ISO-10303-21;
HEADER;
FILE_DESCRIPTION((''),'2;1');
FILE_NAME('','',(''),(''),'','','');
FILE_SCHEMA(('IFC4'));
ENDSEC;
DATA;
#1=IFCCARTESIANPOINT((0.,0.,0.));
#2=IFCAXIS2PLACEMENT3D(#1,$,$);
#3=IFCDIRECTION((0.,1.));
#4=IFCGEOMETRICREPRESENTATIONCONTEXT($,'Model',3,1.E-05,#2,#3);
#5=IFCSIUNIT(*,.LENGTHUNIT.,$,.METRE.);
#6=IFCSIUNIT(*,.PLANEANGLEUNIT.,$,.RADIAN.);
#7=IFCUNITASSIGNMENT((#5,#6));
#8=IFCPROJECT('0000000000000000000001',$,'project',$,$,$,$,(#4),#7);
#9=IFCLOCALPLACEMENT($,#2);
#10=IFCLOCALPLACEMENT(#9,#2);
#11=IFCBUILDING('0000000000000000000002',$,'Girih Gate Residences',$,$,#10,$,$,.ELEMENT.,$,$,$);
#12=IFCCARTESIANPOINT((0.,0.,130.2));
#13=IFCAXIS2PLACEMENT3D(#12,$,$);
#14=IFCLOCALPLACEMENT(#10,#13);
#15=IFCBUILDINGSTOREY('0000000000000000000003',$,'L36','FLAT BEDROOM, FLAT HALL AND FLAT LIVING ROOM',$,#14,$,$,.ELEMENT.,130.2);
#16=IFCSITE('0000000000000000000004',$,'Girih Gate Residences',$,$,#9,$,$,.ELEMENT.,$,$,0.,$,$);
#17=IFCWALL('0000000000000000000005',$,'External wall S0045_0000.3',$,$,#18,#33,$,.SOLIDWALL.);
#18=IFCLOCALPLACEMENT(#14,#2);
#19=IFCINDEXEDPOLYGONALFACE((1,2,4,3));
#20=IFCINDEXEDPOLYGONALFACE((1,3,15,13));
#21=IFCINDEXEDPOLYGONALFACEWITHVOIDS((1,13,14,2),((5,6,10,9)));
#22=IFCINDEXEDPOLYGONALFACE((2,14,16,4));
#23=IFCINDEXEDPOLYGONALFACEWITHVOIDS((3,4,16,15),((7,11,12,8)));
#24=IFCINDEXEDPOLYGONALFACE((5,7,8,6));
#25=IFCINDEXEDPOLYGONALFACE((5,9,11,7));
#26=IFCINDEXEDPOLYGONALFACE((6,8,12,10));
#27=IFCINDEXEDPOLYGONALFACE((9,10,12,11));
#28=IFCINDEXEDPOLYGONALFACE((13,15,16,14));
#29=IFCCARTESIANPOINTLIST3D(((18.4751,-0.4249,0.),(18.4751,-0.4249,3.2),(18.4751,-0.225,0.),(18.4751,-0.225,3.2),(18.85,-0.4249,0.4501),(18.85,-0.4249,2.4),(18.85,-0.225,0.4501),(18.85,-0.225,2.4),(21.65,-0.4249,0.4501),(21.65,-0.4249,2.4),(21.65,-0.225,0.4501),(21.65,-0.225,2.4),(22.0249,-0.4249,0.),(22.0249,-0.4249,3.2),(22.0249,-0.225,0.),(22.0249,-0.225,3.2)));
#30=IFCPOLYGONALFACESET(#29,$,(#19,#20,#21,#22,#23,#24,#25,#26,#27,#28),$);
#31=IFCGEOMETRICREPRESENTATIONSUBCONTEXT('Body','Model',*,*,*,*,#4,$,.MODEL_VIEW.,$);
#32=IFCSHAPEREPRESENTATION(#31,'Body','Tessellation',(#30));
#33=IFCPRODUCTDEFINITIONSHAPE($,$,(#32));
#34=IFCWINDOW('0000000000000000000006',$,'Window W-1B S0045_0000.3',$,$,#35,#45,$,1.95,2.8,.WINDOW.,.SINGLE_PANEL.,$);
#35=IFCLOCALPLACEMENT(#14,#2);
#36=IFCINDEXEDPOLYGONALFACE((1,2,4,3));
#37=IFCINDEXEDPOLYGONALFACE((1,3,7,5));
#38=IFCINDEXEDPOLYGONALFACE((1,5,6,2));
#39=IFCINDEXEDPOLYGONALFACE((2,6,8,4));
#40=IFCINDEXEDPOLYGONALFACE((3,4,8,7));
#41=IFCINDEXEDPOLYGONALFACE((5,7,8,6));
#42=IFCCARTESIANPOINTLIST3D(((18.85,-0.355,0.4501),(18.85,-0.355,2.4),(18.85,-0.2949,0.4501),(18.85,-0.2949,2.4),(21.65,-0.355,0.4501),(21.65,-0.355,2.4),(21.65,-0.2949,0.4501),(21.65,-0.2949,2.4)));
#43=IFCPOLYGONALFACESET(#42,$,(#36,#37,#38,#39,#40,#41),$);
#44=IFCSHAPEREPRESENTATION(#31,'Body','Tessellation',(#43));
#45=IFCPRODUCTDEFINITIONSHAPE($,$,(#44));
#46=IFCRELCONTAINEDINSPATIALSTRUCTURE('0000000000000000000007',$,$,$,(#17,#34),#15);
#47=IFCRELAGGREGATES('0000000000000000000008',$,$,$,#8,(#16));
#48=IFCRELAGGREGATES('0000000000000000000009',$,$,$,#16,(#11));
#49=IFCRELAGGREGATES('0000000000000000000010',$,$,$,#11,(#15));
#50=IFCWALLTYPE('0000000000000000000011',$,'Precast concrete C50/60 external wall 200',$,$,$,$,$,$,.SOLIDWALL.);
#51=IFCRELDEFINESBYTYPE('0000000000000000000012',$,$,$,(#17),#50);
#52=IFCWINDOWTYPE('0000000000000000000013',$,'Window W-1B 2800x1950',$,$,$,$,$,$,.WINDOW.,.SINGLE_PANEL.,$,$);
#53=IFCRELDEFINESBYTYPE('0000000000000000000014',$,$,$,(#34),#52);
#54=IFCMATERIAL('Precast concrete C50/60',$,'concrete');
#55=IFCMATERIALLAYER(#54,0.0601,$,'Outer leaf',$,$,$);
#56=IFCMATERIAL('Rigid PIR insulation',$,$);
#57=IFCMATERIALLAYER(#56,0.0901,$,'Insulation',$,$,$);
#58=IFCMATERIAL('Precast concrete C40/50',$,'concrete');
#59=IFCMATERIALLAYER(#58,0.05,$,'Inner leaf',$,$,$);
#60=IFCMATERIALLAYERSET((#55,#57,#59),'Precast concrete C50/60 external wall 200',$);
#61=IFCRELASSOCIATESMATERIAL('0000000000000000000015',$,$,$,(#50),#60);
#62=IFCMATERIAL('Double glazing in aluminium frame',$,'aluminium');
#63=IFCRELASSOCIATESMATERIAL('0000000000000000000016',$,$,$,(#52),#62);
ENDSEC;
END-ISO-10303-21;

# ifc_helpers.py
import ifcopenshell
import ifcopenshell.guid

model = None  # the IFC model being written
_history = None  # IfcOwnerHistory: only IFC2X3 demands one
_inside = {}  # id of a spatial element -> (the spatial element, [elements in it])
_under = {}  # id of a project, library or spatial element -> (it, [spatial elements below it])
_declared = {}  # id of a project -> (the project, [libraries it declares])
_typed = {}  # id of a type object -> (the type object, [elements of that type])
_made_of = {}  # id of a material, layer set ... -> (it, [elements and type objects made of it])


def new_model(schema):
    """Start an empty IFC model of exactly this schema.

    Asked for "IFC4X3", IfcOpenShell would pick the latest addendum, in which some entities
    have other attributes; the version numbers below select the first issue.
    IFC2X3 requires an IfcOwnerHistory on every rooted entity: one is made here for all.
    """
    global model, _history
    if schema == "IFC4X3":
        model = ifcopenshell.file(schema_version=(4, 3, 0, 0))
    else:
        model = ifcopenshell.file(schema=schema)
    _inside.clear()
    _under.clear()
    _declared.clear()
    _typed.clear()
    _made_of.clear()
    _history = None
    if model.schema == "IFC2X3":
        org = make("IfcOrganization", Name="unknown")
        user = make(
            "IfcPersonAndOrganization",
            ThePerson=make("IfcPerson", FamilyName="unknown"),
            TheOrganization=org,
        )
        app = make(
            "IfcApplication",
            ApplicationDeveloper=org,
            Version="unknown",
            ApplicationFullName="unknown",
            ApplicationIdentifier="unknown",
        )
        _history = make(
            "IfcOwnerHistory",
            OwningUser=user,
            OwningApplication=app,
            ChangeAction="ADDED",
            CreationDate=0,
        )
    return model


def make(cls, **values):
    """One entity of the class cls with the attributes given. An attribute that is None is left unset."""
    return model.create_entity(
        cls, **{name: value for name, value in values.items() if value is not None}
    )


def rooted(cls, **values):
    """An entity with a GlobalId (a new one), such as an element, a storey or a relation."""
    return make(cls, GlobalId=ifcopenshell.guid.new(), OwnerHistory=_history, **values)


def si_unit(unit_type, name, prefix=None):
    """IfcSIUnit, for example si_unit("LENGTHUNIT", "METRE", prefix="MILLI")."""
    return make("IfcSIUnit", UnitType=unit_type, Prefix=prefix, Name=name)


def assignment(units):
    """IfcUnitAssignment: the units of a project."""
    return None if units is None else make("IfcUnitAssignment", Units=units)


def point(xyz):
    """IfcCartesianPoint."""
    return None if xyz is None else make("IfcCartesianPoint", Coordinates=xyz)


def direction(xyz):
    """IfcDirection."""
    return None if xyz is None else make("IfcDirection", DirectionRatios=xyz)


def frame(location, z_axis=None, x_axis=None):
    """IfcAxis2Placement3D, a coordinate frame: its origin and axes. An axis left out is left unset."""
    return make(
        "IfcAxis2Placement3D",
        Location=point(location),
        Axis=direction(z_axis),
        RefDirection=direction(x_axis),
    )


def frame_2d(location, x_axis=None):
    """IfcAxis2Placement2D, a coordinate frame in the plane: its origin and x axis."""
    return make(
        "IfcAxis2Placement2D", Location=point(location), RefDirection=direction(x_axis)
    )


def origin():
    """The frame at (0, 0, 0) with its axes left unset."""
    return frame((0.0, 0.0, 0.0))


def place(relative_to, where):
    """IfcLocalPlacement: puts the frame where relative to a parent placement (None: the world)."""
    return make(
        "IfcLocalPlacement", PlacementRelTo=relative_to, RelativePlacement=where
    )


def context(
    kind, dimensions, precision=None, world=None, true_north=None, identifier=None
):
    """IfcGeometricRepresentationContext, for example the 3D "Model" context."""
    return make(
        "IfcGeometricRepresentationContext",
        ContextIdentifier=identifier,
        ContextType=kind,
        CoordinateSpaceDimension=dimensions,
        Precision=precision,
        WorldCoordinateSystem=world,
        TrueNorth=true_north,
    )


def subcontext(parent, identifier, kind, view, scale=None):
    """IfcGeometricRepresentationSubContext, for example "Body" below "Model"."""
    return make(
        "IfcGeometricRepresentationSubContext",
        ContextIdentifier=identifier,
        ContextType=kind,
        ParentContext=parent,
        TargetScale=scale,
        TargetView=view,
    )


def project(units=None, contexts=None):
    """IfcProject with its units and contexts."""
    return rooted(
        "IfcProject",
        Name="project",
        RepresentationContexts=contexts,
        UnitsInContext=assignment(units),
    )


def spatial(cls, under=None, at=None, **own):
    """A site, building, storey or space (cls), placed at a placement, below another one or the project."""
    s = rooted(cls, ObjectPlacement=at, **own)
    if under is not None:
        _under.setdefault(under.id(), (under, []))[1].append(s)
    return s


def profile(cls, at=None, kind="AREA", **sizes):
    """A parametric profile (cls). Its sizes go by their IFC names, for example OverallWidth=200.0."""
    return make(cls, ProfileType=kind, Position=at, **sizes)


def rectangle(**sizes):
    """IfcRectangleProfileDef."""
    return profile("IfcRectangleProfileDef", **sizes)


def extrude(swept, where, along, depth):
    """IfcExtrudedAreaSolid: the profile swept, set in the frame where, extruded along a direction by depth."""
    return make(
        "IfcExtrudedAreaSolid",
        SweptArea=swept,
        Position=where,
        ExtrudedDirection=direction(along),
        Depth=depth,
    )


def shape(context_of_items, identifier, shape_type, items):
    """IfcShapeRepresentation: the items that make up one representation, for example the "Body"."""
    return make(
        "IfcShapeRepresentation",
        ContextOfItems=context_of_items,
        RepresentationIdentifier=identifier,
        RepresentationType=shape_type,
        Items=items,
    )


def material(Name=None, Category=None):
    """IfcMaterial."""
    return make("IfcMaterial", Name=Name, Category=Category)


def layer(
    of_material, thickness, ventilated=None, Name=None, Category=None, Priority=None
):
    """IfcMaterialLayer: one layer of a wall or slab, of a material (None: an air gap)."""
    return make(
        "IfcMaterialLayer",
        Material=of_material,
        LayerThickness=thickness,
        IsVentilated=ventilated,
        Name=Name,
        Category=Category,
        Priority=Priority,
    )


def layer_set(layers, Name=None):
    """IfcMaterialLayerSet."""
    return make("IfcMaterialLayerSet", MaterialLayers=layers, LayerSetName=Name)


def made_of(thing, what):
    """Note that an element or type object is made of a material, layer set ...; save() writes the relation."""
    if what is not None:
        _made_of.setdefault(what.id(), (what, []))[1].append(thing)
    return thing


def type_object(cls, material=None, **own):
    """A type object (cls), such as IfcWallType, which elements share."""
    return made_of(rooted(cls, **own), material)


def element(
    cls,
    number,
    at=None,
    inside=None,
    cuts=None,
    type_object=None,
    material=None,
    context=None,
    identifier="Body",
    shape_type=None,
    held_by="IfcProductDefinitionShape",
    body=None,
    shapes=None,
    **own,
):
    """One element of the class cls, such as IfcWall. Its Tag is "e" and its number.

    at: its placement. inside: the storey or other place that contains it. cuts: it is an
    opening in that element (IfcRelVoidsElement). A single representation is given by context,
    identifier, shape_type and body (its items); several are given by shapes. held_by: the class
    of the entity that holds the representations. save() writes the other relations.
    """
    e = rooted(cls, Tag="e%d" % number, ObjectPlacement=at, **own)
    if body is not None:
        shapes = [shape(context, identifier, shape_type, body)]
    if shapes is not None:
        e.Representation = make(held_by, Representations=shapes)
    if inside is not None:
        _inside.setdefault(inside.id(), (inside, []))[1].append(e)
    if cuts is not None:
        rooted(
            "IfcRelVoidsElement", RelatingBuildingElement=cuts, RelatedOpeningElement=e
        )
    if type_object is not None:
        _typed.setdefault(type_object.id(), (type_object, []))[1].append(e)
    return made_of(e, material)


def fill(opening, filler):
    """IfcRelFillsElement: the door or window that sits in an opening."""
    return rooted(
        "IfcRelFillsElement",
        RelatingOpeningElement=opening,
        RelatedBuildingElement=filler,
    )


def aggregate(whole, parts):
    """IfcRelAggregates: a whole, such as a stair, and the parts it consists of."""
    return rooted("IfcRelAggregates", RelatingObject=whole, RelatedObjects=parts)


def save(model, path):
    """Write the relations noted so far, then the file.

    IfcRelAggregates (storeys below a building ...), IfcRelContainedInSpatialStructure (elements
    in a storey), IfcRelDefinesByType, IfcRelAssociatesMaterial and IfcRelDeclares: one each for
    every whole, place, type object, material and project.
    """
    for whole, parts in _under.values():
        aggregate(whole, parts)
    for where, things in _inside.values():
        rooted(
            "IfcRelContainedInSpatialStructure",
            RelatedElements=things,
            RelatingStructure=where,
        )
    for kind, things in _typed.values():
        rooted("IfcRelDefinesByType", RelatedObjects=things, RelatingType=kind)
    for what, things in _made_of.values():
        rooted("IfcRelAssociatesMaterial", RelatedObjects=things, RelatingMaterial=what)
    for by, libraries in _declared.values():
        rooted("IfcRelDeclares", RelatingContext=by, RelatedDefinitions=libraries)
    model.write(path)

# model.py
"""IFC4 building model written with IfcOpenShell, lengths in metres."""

from ifc_helpers import new_model, si_unit, direction, frame, frame_2d, origin, place, context, subcontext, project, spatial, rectangle, extrude, material, layer, layer_set, type_object, element, fill, save


model = new_model("IFC4")

# Units and contexts
model_context = context("Model", 3, precision=1e-05, world=origin(), true_north=direction((0.0, 1.0)))
body_context = subcontext(model_context, "Body", "Model", "MODEL_VIEW")
ifc_project = project(units=[si_unit("LENGTHUNIT", "METRE"), si_unit("PLANEANGLEUNIT", "RADIAN")], contexts=[model_context])

# Site, building, storey
site_placement = place(None, origin())
site = spatial("IfcSite", under=ifc_project, at=site_placement, Name="Girih Gate Residences", CompositionType="ELEMENT", RefElevation=0.0)
building_placement = place(site_placement, origin())
building = spatial("IfcBuilding", under=site, at=building_placement, Name="Girih Gate Residences", CompositionType="ELEMENT")
storey_placement = place(building_placement, frame((0.0, 0.0, 130.2)))
storey = spatial("IfcBuildingStorey", under=building, at=storey_placement, Name="L36", Description="FLAT BEDROOM, FLAT HALL AND FLAT LIVING ROOM", CompositionType="ELEMENT", Elevation=130.2)

# Wall, opening, window
ifc_material_1 = material(Name="Precast concrete C50/60", Category="concrete")
ifc_layer_1 = layer(ifc_material_1, 0.0601, Name="Outer leaf")
ifc_material_2 = material(Name="Rigid PIR insulation")
ifc_layer_2 = layer(ifc_material_2, 0.0901, Name="Insulation")
ifc_material_3 = material(Name="Precast concrete C40/50", Category="concrete")
ifc_layer_3 = layer(ifc_material_3, 0.05, Name="Inner leaf")
ifc_layer_set_1 = layer_set([ifc_layer_1, ifc_layer_2, ifc_layer_3], Name="Precast concrete C50/60 external wall 200")
wall_type_1 = type_object("IfcWallType", Name="Precast concrete C50/60 external wall 200", PredefinedType="SOLIDWALL", material=ifc_layer_set_1)
ifc_material_4 = material(Name="Double glazing in aluminium frame", Category="aluminium")
window_type = type_object("IfcWindowType", Name="Window W-1B 2800x1950", PartitioningType="SINGLE_PANEL", PredefinedType="WINDOW", material=ifc_material_4)
wall_1_placement = place(storey_placement, frame((22.0249, -0.325, 0.0), z_axis=(0.0, 0.0, 1.0), x_axis=(-1.0, 0.0, 0.0)))
wall_1 = element("IfcWall", 1, at=wall_1_placement, inside=storey, type_object=wall_type_1, Name="External wall S0045_0000.3", PredefinedType="SOLIDWALL", context=body_context, shape_type="SweptSolid", body=[
    extrude(rectangle(XDim=3.5498, YDim=0.2, at=frame_2d((1.7749, 0.0))), origin(), (0.0, 0.0, 1.0), 3.2),
])
opening_1_placement = place(wall_1_placement, frame((0.375, 0.0, 0.45)))
opening_1 = element("IfcOpeningElement", 2, at=opening_1_placement, cuts=wall_1, PredefinedType="OPENING", context=body_context, shape_type="SweptSolid", body=[
    extrude(rectangle(XDim=2.8, YDim=1.95, at=frame_2d((1.3999, 0.9751))), frame((0.0, 0.1099, 0.0), z_axis=(0.0, -1.0, 0.0), x_axis=(1.0, 0.0, 0.0)), (0.0, 0.0, 1.0), 0.22),
])
window_1_placement = place(opening_1_placement, origin())
window_1 = element("IfcWindow", 3, at=window_1_placement, inside=storey, type_object=window_type, Name="Window W-1B S0045_0000.3", OverallHeight=1.95, OverallWidth=2.8, PartitioningType="SINGLE_PANEL", PredefinedType="WINDOW", context=body_context, shape_type="SweptSolid", body=[
    extrude(rectangle(XDim=2.8, YDim=1.95, at=frame_2d((1.3999, 0.9751))), frame((0.0, 0.03, 0.0), z_axis=(0.0, -1.0, 0.0), x_axis=(1.0, 0.0, 0.0)), (0.0, 0.0, 1.0), 0.0601),
])
fill(opening_1, window_1)

save(model, "model.ifc")
